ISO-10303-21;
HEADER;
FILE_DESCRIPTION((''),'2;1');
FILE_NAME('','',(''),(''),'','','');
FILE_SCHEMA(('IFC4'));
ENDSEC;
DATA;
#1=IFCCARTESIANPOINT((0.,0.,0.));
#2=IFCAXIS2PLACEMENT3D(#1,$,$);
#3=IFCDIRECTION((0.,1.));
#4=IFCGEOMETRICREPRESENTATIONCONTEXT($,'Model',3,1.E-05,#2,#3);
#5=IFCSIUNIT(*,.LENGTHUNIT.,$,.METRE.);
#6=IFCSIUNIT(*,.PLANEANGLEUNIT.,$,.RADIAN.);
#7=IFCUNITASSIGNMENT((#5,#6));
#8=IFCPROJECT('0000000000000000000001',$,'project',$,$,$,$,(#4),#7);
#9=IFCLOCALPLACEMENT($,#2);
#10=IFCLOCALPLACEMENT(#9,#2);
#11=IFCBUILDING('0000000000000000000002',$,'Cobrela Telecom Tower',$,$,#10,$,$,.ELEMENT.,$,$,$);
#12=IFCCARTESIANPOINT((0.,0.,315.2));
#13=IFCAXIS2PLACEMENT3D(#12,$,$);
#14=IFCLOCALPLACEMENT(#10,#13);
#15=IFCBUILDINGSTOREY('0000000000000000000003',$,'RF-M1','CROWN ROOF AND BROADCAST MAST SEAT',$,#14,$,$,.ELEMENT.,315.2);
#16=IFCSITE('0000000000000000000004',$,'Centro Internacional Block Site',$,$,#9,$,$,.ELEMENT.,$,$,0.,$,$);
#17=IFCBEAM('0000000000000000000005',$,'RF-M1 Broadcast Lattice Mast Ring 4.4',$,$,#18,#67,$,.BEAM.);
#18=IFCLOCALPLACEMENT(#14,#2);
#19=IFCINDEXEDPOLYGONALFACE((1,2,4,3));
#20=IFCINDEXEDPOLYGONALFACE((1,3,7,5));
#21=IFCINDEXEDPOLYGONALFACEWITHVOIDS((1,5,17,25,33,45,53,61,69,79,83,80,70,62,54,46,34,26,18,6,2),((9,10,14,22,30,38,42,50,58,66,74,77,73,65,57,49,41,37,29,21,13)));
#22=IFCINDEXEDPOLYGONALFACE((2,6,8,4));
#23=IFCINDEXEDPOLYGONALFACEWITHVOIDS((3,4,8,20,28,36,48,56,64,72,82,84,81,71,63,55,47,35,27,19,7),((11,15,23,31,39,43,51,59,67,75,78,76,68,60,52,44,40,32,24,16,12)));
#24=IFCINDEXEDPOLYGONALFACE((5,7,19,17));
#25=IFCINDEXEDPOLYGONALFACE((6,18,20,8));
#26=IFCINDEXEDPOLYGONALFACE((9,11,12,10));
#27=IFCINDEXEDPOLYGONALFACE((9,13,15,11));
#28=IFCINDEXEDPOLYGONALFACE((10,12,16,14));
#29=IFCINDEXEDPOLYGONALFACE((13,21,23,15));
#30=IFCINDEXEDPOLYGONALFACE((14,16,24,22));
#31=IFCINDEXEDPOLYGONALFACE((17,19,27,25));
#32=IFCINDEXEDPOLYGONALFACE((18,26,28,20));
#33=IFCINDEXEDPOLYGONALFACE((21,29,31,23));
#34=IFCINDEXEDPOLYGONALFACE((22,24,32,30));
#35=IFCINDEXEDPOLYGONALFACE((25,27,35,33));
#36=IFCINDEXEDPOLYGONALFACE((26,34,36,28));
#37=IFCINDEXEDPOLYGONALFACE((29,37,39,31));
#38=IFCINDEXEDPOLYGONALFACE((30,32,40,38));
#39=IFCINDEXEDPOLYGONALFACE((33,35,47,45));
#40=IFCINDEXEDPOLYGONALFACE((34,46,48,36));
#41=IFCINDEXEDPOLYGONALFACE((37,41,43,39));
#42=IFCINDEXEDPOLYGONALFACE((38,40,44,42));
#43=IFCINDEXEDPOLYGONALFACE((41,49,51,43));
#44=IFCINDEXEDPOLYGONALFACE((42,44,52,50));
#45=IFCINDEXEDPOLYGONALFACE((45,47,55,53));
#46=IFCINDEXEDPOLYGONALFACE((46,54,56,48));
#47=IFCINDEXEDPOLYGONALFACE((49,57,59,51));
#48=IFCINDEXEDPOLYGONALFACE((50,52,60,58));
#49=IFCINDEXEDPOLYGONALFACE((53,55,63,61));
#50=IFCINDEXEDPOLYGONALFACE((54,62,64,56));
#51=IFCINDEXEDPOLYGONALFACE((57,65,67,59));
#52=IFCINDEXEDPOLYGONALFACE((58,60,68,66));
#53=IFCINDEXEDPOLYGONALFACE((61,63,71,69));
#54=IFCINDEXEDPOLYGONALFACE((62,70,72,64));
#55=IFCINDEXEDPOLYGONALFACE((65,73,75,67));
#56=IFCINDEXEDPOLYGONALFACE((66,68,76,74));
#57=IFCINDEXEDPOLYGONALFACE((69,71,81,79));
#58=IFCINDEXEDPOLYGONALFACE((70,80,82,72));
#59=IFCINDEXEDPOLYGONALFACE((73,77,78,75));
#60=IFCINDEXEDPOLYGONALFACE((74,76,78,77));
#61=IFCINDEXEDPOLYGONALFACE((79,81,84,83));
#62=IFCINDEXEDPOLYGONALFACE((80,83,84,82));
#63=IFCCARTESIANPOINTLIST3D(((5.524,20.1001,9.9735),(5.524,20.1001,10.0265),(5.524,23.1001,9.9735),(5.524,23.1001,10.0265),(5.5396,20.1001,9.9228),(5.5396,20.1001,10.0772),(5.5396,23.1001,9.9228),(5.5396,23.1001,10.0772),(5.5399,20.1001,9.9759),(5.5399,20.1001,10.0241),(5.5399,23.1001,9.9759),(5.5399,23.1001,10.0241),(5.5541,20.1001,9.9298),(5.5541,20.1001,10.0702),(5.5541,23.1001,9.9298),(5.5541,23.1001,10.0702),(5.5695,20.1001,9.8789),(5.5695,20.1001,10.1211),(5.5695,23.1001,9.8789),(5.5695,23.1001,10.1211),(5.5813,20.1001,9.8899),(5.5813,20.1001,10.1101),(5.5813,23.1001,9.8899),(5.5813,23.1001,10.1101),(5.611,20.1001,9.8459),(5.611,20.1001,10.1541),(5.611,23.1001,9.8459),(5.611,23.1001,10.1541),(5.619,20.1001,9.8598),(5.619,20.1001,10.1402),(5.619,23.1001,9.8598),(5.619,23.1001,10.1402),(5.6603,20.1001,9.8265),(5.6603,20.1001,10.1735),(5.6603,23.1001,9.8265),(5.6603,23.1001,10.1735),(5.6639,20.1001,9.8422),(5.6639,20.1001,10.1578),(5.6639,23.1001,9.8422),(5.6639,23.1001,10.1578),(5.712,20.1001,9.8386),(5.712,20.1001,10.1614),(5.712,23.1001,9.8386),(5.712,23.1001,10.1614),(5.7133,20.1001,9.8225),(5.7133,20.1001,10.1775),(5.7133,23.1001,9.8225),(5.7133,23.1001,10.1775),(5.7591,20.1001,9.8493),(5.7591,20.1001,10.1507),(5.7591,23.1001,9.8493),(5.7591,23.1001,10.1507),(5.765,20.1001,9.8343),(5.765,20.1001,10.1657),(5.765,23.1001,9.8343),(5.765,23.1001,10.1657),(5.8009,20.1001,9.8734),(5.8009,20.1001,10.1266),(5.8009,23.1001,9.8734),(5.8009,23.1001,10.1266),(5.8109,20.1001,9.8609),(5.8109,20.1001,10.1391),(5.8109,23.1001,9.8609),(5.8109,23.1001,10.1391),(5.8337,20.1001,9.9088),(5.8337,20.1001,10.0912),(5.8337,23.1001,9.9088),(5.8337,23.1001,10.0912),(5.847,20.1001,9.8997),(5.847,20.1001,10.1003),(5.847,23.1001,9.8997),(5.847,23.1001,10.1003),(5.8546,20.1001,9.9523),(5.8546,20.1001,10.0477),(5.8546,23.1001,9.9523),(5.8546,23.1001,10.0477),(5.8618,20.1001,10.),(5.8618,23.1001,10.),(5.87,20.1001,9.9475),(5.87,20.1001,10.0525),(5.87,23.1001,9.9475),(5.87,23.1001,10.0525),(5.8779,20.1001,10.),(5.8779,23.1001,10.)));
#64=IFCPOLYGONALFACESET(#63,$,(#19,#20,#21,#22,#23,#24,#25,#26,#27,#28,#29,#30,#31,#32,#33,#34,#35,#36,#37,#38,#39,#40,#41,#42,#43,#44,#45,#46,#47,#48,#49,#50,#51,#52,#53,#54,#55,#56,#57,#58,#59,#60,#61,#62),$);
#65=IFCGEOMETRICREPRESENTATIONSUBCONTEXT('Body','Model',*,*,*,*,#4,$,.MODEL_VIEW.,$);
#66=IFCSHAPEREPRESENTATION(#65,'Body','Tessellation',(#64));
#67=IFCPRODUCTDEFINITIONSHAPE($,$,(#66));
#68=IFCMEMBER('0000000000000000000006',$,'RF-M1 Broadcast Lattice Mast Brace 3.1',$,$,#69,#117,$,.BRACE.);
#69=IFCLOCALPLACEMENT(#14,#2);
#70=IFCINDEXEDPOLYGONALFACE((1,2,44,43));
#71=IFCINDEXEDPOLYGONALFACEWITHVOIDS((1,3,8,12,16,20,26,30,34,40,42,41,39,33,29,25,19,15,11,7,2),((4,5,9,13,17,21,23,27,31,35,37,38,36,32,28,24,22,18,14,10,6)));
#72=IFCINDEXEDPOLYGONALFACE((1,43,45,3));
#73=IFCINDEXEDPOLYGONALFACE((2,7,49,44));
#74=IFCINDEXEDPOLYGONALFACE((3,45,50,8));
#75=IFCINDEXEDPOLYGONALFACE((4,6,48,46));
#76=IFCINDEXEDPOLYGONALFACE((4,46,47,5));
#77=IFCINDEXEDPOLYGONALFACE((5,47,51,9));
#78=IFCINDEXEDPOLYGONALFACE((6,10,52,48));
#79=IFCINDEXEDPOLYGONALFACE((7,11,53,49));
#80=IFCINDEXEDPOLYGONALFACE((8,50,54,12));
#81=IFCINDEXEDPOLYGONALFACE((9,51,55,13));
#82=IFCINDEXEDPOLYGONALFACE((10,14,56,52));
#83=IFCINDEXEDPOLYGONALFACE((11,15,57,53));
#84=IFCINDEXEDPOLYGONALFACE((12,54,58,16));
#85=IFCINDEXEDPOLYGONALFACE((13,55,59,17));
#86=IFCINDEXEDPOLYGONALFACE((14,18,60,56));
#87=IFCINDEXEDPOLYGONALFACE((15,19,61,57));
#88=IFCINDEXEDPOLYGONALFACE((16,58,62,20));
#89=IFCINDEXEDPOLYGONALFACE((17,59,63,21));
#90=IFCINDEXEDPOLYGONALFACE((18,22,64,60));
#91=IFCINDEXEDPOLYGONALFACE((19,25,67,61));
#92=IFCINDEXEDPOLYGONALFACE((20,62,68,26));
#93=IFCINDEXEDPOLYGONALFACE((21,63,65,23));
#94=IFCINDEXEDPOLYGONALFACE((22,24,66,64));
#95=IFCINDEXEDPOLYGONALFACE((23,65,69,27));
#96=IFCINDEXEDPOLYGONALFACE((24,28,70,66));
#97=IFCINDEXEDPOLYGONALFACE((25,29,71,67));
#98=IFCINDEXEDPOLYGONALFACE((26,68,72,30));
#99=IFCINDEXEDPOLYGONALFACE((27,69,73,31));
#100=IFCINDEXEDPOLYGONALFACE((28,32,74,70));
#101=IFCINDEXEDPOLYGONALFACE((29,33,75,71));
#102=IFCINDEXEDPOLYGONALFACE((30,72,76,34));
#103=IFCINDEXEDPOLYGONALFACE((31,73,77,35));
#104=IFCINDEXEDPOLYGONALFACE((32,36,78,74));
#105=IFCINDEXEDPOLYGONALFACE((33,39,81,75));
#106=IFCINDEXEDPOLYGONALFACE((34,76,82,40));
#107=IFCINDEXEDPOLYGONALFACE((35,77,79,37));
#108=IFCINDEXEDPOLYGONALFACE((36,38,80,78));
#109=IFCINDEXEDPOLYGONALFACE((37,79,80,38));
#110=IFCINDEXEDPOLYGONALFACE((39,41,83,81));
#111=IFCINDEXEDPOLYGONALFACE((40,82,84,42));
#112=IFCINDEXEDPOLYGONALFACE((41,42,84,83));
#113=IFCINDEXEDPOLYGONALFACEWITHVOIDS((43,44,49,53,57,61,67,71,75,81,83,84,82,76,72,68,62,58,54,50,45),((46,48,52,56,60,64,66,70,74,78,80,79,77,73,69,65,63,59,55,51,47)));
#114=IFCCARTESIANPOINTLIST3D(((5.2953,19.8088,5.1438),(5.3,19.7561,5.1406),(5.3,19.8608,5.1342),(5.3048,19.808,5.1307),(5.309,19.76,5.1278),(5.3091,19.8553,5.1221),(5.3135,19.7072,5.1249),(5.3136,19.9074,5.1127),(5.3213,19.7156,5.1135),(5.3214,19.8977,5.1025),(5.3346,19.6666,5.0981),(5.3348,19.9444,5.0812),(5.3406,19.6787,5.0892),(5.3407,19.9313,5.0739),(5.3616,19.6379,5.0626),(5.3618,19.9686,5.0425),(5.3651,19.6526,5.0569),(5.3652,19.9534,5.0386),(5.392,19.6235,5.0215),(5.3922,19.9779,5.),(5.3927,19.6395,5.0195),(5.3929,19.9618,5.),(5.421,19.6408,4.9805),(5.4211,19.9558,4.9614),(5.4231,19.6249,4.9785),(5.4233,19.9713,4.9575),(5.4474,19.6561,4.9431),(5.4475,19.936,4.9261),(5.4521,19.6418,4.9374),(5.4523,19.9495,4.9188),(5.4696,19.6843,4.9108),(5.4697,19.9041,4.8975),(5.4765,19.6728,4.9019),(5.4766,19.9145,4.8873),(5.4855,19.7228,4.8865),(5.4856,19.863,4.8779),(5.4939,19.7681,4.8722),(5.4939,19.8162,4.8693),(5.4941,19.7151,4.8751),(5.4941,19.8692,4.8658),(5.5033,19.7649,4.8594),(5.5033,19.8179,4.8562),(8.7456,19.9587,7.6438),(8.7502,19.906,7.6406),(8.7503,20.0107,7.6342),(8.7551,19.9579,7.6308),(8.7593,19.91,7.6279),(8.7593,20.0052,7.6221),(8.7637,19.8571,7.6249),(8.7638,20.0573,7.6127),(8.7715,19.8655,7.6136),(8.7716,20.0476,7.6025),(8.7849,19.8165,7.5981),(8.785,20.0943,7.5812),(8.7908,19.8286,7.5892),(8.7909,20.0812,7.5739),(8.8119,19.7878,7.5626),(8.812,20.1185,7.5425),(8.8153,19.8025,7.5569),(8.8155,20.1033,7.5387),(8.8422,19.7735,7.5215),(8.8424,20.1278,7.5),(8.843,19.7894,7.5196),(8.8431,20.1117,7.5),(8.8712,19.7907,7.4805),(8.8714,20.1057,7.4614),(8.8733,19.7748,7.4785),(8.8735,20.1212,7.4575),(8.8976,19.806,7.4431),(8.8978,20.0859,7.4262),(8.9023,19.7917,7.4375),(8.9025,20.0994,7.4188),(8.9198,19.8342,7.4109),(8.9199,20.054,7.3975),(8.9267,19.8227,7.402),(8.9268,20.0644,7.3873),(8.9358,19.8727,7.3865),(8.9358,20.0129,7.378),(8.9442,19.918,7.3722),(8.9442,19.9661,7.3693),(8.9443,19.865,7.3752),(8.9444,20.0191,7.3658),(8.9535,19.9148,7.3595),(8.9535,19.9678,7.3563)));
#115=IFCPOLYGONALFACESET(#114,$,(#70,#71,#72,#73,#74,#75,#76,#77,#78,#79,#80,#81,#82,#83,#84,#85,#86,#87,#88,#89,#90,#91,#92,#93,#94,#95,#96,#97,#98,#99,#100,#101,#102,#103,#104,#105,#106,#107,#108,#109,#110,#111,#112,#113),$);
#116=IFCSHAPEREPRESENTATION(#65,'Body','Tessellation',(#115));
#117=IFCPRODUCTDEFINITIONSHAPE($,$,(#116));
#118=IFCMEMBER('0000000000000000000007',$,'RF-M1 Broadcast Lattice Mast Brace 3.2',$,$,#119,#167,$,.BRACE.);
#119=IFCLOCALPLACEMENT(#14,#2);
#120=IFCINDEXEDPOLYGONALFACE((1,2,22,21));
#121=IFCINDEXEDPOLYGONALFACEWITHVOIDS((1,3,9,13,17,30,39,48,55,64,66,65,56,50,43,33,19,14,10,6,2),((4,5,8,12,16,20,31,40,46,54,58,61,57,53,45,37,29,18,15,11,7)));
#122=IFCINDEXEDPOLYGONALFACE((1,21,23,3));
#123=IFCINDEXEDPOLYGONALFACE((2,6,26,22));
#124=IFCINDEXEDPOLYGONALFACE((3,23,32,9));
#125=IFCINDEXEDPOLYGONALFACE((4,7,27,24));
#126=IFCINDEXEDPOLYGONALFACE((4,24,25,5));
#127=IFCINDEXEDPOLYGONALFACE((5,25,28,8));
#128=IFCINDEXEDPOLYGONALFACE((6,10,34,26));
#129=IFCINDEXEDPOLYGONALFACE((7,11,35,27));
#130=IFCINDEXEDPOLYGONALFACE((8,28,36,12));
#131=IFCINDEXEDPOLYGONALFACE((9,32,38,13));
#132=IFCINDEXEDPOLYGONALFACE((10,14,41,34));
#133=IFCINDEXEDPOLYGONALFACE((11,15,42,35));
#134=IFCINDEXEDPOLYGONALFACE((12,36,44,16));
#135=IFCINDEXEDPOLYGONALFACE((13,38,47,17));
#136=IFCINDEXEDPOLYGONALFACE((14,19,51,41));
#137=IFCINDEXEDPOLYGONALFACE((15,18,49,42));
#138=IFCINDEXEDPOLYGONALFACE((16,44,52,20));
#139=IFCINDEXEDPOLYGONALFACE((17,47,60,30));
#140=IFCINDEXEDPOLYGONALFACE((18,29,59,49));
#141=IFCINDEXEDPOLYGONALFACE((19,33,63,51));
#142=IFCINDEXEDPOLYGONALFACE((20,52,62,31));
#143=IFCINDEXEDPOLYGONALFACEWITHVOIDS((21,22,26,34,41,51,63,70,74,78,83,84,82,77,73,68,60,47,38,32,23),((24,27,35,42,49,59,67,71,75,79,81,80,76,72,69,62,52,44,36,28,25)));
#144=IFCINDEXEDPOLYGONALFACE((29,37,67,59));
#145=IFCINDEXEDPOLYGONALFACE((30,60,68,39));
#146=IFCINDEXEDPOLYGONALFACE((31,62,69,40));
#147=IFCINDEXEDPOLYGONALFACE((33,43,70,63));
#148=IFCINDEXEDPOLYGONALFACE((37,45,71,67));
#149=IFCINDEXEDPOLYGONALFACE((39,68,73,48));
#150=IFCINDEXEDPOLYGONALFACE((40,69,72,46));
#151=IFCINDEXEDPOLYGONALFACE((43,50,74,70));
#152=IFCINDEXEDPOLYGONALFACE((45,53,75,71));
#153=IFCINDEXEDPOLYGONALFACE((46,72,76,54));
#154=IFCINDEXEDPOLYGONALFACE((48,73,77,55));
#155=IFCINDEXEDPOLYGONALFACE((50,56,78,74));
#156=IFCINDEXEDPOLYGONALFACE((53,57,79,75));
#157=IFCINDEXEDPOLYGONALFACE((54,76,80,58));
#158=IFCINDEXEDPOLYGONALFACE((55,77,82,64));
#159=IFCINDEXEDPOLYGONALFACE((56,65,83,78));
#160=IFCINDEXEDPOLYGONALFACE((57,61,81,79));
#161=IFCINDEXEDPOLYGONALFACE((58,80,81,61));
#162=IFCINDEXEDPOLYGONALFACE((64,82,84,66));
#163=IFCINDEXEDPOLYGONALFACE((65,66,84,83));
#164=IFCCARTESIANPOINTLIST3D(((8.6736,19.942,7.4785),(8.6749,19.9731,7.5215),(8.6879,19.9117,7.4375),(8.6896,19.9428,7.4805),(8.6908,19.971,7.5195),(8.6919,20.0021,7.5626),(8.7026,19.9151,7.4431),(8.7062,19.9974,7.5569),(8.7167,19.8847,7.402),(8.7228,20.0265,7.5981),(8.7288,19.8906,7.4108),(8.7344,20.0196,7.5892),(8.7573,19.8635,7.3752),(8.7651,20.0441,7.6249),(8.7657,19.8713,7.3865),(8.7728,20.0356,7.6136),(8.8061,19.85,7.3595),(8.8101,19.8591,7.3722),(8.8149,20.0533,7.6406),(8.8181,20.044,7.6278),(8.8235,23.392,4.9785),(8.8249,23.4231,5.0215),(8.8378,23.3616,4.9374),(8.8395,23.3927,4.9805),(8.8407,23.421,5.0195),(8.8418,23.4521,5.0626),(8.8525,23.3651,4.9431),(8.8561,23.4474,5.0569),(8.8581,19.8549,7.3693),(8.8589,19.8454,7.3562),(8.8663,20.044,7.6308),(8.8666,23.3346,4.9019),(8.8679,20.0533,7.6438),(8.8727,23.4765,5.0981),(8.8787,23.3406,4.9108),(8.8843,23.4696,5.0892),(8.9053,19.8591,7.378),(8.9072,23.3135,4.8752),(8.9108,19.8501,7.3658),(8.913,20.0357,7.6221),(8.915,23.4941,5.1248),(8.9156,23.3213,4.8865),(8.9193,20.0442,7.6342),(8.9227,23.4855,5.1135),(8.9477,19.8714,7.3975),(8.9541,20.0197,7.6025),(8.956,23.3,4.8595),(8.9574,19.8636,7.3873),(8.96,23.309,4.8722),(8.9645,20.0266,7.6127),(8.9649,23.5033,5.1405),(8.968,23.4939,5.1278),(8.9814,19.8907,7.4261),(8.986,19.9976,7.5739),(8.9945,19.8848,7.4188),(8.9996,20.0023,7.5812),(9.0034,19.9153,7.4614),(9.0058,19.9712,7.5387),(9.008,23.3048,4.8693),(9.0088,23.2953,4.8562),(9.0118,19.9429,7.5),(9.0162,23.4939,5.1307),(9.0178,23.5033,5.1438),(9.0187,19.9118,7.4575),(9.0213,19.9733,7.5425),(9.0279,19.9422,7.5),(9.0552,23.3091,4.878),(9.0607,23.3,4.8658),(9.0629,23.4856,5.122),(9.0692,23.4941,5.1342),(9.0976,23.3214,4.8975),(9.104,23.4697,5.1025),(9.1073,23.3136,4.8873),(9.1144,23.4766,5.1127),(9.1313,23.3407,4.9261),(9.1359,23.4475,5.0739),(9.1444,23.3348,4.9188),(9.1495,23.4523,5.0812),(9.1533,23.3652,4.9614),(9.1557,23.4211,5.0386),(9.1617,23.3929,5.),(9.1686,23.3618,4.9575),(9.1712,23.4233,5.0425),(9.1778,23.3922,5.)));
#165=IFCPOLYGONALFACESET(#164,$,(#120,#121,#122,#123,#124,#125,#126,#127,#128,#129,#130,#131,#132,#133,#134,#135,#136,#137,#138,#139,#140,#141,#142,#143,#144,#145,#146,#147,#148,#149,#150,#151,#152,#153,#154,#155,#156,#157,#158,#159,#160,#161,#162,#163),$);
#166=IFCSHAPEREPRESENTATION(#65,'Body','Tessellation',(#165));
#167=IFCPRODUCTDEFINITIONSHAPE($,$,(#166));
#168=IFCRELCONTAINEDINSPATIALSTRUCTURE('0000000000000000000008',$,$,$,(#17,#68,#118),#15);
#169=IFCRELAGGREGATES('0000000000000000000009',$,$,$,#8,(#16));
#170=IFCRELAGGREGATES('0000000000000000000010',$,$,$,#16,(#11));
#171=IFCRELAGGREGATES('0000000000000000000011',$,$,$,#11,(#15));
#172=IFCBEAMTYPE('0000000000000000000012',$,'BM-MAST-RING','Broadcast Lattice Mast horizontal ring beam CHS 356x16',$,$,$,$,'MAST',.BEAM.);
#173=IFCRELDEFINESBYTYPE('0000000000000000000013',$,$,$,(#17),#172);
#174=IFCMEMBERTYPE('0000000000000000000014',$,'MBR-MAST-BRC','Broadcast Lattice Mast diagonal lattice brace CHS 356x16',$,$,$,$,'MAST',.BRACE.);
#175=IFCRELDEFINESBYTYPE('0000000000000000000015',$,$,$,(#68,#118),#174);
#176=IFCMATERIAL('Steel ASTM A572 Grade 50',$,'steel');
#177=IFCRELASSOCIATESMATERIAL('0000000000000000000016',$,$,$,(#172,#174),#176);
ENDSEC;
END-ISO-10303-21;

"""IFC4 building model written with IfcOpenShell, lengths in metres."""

from ifc_helpers import new_model, si_unit, direction, frame, origin, origin_2d, place, context, subcontext, project, spatial, hollow_circle, extrude, material, material_profile, profile_set, type_object, element, save


model = new_model("IFC4")

# Units and contexts
model_context = context("Model", 3, precision=1e-05, world=origin(), true_north=direction((0.0, 1.0)))
body_context = subcontext(model_context, "Body", "Model", "MODEL_VIEW")
ifc_project = project(units=[si_unit("LENGTHUNIT", "METRE"), si_unit("PLANEANGLEUNIT", "RADIAN")], contexts=[model_context])

# Site, building, storey
site_placement = place(None, origin())
site = spatial("IfcSite", under=ifc_project, at=site_placement, Name="Centro Internacional Block Site", CompositionType="ELEMENT", RefElevation=0.0)
building_placement = place(site_placement, origin())
building = spatial("IfcBuilding", under=site, at=building_placement, Name="Cobrela Telecom Tower", CompositionType="ELEMENT")
storey_placement = place(building_placement, frame((0.0, 0.0, 315.2)))
storey = spatial("IfcBuildingStorey", under=building, at=storey_placement, Name="RF-M1", Description="CROWN ROOF AND BROADCAST MAST SEAT", CompositionType="ELEMENT", Elevation=315.2)

# Beam
ifc_material = material(Name="Steel ASTM A572 Grade 50", Category="steel")
ifc_material_profile_1 = material_profile(ifc_material, hollow_circle(Radius=0.178, WallThickness=0.0161, at=origin_2d()), Name="CHS 356x16")
ifc_profile_set_1 = profile_set([ifc_material_profile_1], Name="Steel ASTM A572 Grade 50")
beam_type = type_object("IfcBeamType", Name="BM-MAST-RING", Description="Broadcast Lattice Mast horizontal ring beam CHS 356x16", ElementType="MAST", PredefinedType="BEAM", material=ifc_profile_set_1)
for number, where, z_axis, x_axis, name in (
    (1, (5.7, 23.1001, 10.0), (0.0, -1.0, 0.0), (1.0, 0.0, 0.0), "RF-M1 Broadcast Lattice Mast Ring 4.4"),
):
    element("IfcBeam", number, at=place(storey_placement, frame(where, z_axis=z_axis, x_axis=x_axis)), inside=storey, type_object=beam_type, Name=name, PredefinedType="BEAM", context=body_context, shape_type="SweptSolid", body=[
        extrude(hollow_circle(Radius=0.178, WallThickness=0.0161, at=origin_2d()), origin(), (0.0, 0.0, 1.0), 3.0),
    ])

# Members
ifc_material_profile_2 = material_profile(ifc_material, hollow_circle(Radius=0.178, WallThickness=0.0161, at=origin_2d()), Name="CHS 356x16")
ifc_profile_set_2 = profile_set([ifc_material_profile_2], Name="Steel ASTM A572 Grade 50")
member_type = type_object("IfcMemberType", Name="MBR-MAST-BRC", Description="Broadcast Lattice Mast diagonal lattice brace CHS 356x16", ElementType="MAST", PredefinedType="BRACE", material=ifc_profile_set_2)
member_placement = place(storey_placement, frame((5.3999, 19.8, 5.0), z_axis=(0.809265, 0.035161, 0.586391), x_axis=(-0.043407, 0.999057, 0.0)))
element("IfcMember", 2, at=member_placement, inside=storey, type_object=member_type, Name="RF-M1 Broadcast Lattice Mast Brace 3.1", PredefinedType="BRACE", context=body_context, shape_type="SweptSolid", body=[
    extrude(hollow_circle(Radius=0.178, WallThickness=0.0161, at=origin_2d()), origin(), (0.0, 0.0, 1.0), 4.2634),
])
for number, where, z_axis, x_axis, name in (
    (3, (9.0, 23.3999, 5.0), (-0.035162, -0.809245, 0.586418), (0.999057, -0.04341, 0.0), "RF-M1 Broadcast Lattice Mast Brace 3.2"),
):
    element("IfcMember", number, at=place(storey_placement, frame(where, z_axis=z_axis, x_axis=x_axis)), inside=storey, type_object=member_type, Name=name, PredefinedType="BRACE", context=body_context, shape_type="SweptSolid", body=[
        extrude(hollow_circle(Radius=0.178, WallThickness=0.0161, at=origin_2d()), origin(), (0.0, 0.0, 1.0), 4.2632),
    ])

save(model, "model.ifc")
